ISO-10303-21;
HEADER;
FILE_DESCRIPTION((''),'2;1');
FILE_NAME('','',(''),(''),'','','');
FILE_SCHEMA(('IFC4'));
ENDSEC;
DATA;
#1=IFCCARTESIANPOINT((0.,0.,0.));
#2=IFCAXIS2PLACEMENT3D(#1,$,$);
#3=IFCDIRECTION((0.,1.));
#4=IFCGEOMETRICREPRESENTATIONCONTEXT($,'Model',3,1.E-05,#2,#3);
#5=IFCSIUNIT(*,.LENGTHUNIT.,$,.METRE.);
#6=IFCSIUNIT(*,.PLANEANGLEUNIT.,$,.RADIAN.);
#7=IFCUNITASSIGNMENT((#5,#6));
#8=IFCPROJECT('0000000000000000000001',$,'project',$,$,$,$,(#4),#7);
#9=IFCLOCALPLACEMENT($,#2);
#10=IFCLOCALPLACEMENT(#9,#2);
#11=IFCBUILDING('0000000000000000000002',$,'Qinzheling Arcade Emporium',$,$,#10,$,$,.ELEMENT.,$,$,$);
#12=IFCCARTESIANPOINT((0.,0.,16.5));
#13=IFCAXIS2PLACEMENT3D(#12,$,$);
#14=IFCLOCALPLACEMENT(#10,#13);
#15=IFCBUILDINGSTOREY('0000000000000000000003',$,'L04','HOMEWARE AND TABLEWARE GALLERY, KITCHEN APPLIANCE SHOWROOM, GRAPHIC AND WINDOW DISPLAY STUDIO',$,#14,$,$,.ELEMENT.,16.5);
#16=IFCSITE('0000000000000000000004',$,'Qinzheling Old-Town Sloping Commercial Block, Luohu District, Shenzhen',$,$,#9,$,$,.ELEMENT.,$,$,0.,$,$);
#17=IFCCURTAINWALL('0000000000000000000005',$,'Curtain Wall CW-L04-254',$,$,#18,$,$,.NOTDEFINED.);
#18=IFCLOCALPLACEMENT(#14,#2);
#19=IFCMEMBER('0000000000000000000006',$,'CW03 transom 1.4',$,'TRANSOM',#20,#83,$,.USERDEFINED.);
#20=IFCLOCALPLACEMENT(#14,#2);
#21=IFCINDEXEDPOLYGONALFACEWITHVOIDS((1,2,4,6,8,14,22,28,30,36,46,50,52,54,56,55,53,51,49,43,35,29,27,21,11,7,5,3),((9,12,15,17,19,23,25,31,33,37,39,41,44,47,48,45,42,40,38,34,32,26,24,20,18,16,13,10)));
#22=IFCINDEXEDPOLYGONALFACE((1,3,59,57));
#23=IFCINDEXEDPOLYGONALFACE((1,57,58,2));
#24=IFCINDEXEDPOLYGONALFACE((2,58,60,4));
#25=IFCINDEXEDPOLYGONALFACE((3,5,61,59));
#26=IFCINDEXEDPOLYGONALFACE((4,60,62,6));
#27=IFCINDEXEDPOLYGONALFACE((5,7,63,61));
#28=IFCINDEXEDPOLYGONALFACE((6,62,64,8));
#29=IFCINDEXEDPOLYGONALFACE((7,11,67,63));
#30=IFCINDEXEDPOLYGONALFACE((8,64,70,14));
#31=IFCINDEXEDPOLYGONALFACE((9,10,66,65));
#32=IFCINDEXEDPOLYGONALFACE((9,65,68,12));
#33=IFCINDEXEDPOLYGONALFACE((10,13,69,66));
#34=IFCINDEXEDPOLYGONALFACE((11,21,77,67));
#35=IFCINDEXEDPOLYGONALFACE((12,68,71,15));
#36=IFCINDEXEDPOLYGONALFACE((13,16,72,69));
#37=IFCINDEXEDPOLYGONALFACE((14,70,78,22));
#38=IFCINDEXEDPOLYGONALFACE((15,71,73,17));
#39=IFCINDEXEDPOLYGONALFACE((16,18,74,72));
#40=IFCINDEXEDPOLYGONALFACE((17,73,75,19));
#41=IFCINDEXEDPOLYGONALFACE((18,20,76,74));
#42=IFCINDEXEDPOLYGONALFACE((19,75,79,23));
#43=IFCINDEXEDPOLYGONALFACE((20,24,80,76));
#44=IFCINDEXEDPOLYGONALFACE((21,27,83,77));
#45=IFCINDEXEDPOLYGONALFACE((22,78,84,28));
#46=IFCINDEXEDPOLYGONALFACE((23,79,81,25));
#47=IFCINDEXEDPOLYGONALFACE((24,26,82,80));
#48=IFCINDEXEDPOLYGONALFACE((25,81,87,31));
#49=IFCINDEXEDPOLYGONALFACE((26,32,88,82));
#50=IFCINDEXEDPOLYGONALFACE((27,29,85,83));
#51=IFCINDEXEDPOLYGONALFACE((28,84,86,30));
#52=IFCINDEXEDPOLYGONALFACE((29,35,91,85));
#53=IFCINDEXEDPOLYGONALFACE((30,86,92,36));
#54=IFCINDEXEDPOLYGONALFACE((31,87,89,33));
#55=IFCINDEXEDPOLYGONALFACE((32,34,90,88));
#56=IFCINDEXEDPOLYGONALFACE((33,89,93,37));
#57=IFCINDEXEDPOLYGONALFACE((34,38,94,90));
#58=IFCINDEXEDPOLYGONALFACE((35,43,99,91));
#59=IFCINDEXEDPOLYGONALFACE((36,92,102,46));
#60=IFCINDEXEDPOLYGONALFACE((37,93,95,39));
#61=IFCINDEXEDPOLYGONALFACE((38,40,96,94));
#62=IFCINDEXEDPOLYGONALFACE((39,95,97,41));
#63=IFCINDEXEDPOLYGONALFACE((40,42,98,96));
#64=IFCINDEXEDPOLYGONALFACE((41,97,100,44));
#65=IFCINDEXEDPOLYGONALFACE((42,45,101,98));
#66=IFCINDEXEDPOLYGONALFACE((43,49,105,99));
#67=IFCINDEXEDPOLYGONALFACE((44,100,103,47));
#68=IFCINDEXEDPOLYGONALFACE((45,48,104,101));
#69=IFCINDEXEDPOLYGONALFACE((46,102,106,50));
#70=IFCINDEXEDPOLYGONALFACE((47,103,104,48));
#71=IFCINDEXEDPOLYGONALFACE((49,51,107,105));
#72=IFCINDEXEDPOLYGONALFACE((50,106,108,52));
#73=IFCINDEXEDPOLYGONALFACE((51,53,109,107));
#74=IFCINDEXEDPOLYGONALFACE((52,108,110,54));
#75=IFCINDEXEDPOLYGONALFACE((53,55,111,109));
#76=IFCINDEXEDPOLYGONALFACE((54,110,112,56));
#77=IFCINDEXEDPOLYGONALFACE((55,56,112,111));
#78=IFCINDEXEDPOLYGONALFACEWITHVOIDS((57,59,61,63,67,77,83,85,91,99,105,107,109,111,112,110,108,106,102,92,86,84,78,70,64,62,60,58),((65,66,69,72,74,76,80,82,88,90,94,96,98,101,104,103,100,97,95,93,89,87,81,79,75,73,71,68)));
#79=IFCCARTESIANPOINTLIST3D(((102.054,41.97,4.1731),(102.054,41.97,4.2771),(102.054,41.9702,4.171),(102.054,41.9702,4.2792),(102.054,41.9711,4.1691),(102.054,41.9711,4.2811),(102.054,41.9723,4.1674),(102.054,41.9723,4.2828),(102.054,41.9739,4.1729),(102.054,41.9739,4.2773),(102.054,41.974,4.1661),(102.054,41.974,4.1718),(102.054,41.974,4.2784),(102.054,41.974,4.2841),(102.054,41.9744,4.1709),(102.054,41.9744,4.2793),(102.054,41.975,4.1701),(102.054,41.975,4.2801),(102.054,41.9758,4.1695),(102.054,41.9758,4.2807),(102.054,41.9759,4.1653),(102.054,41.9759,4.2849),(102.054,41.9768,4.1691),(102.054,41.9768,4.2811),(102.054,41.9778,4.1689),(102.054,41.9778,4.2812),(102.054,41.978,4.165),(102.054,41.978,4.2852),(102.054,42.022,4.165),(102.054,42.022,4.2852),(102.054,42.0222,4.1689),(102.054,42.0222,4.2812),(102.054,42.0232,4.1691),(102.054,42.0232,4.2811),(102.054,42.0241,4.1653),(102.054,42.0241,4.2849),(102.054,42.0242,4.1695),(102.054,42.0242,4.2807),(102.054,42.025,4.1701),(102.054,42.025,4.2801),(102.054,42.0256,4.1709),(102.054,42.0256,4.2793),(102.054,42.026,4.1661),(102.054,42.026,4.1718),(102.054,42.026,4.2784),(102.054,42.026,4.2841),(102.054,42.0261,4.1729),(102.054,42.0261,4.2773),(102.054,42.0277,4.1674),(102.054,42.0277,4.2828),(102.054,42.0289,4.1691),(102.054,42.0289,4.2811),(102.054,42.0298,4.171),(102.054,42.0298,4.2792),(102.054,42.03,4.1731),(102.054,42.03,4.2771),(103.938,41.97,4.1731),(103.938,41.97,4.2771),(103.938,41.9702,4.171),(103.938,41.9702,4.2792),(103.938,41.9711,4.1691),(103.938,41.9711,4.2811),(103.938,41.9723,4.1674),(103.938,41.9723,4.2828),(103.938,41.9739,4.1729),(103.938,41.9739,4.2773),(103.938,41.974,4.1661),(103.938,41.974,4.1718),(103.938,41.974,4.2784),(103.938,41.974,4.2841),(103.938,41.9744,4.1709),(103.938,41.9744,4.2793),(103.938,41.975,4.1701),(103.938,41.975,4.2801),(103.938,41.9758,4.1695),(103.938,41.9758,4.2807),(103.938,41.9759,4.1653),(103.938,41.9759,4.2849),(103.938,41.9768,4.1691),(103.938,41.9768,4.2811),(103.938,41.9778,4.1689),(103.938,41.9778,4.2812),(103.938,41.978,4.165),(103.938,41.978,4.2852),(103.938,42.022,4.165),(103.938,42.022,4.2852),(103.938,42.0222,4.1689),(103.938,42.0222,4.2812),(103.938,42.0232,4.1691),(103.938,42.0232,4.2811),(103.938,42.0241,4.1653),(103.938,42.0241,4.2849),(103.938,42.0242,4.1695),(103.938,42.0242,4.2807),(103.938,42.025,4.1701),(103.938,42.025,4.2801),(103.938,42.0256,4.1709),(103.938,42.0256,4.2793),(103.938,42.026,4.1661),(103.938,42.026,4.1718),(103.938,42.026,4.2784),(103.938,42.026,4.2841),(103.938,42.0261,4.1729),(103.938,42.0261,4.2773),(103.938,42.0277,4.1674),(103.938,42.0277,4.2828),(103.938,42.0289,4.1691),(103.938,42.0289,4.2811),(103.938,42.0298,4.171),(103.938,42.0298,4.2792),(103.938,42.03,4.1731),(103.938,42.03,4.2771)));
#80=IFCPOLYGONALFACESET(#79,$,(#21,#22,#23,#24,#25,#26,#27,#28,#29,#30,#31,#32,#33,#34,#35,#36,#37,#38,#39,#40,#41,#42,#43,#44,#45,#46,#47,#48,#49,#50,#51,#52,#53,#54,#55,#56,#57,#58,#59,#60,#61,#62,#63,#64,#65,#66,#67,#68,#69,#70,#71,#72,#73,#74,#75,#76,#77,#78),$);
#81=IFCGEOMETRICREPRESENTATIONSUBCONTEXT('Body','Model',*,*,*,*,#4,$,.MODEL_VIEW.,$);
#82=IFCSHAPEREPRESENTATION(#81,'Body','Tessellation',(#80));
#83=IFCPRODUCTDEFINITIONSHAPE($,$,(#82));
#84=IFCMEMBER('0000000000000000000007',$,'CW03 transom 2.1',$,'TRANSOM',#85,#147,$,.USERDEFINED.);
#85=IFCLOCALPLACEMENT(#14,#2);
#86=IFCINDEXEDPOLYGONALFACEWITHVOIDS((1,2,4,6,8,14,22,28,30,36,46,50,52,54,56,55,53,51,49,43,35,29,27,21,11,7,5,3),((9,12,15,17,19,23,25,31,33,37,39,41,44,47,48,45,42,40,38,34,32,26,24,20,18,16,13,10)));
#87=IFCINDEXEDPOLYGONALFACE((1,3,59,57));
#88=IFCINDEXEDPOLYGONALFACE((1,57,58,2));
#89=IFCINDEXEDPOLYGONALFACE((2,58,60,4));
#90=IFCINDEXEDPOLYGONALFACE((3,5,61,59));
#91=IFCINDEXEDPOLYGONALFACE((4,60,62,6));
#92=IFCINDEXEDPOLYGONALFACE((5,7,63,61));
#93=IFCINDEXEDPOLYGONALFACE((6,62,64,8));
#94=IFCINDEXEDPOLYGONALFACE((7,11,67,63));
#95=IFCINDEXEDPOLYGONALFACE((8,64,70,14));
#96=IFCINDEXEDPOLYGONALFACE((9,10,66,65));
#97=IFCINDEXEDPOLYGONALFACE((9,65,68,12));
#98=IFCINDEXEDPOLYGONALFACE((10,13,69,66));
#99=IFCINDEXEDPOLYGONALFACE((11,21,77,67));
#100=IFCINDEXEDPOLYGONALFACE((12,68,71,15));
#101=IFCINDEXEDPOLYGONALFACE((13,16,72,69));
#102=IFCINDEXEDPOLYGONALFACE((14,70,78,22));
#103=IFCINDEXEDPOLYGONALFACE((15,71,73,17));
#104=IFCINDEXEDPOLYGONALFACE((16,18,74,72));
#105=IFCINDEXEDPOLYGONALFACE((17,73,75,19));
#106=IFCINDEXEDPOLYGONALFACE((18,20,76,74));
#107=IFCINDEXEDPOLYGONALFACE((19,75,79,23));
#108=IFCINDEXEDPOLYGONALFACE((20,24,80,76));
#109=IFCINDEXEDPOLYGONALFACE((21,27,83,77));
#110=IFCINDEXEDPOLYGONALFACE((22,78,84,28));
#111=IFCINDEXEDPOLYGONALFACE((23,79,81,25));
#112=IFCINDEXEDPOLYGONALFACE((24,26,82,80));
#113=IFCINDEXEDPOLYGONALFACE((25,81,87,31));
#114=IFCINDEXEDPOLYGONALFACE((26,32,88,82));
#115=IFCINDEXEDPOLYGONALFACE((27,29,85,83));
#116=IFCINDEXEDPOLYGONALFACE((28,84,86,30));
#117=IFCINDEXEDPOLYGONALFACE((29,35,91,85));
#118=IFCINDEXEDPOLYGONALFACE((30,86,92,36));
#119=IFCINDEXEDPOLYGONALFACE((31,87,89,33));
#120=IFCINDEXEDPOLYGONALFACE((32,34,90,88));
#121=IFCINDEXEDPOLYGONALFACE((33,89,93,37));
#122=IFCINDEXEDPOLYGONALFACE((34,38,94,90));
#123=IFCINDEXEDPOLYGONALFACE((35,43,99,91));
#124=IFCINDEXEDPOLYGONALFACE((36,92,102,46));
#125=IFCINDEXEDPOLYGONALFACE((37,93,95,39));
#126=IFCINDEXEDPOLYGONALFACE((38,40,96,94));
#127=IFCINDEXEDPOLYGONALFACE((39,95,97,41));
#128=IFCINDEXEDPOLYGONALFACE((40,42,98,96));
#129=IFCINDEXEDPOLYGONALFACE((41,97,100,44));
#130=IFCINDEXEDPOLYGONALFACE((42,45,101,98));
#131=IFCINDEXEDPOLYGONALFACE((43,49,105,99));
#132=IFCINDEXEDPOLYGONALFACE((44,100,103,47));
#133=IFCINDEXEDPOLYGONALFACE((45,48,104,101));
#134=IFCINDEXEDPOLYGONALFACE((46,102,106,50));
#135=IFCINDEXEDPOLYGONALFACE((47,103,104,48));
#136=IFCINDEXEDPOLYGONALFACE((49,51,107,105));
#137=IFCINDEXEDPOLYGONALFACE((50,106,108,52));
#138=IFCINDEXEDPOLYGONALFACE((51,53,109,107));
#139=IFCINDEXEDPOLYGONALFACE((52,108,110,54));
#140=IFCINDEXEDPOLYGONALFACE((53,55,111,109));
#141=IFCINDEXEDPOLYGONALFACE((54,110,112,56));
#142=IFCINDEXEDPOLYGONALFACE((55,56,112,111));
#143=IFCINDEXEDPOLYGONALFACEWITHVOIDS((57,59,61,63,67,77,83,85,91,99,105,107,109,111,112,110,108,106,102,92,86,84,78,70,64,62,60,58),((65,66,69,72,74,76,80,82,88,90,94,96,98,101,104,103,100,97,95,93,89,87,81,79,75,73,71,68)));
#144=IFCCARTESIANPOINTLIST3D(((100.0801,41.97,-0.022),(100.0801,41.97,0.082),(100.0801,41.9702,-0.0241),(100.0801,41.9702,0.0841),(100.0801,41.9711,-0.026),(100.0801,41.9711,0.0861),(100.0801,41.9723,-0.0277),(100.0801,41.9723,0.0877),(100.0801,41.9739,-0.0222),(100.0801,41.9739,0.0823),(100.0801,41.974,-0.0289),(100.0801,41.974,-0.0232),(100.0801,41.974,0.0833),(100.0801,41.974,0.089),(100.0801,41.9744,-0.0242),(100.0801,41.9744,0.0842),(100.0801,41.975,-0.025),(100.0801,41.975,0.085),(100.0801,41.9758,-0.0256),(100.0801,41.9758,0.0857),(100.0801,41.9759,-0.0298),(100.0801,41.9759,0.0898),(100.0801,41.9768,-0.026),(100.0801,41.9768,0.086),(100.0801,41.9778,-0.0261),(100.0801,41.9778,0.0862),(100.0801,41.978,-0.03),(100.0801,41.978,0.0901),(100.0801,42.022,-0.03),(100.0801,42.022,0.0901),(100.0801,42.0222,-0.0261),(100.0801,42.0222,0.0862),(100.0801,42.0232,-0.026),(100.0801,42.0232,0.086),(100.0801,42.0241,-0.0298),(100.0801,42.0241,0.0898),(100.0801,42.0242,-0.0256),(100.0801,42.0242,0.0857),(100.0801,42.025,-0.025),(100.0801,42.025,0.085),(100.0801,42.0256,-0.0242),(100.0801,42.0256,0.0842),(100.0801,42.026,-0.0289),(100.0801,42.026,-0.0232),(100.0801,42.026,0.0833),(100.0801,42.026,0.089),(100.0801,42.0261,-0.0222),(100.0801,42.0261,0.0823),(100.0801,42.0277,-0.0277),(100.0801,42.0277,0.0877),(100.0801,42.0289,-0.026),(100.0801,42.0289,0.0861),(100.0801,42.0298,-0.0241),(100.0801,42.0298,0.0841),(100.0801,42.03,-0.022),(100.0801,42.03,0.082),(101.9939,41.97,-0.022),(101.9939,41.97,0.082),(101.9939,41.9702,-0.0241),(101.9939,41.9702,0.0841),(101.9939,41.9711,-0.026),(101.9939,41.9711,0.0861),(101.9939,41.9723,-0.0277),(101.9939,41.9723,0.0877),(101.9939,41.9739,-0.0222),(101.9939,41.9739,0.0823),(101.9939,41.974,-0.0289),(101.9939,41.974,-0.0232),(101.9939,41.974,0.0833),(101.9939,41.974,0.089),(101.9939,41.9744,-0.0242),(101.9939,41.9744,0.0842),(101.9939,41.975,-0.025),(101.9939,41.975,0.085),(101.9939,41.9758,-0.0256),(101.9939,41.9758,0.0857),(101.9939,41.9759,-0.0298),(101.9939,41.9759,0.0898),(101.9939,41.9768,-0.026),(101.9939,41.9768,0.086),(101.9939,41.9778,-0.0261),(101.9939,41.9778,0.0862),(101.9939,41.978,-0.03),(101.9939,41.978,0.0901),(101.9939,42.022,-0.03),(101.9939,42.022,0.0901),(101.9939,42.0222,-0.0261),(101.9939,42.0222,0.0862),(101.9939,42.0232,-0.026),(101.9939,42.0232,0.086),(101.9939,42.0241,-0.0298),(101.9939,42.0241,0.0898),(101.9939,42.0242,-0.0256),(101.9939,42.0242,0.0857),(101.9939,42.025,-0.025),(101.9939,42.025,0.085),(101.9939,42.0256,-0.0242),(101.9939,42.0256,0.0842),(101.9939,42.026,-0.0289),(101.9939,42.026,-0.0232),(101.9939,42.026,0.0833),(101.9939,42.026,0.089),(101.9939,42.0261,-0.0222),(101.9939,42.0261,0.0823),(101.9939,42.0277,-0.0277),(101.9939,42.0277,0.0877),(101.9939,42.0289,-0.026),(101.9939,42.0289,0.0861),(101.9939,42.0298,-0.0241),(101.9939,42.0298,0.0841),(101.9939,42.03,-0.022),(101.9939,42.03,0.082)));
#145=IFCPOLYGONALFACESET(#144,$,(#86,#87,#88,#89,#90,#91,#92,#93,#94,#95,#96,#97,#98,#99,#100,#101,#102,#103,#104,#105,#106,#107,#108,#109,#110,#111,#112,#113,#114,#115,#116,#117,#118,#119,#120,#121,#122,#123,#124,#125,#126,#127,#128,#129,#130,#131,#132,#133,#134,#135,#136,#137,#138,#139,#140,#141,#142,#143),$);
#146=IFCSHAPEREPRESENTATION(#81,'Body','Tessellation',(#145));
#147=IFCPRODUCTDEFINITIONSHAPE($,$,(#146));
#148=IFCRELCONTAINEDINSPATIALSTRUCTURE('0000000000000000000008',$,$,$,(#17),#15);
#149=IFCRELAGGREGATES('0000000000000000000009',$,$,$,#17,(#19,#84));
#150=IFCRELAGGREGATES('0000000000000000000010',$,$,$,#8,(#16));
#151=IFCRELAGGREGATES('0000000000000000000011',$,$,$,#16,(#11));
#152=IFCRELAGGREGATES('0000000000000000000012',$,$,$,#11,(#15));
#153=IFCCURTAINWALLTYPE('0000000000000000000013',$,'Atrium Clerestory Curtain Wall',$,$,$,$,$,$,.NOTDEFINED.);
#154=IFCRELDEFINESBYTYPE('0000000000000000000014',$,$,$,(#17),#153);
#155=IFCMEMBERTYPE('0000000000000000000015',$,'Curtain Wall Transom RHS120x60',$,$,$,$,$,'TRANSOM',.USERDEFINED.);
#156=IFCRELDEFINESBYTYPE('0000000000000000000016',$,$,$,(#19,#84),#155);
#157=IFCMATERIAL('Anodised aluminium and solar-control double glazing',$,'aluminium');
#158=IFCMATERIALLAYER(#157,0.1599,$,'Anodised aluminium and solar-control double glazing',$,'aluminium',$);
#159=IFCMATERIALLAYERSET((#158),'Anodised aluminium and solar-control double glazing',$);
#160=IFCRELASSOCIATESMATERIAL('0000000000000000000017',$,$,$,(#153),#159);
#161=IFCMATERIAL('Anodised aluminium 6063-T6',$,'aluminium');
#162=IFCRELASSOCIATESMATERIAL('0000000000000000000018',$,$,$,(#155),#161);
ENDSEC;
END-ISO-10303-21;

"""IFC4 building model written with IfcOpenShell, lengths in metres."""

from ifc_helpers import new_model, si_unit, direction, frame, origin, origin_2d, place, context, subcontext, project, spatial, hollow_rectangle, extrude, material, layer, layer_set, material_profile, profile_set, type_object, element, aggregate, save


model = new_model("IFC4")

# Units and contexts
model_context = context("Model", 3, precision=1e-05, world=origin(), true_north=direction((0.0, 1.0)))
body_context = subcontext(model_context, "Body", "Model", "MODEL_VIEW")
ifc_project = project(units=[si_unit("LENGTHUNIT", "METRE"), si_unit("PLANEANGLEUNIT", "RADIAN")], contexts=[model_context])

# Site, building, storey
site_placement = place(None, origin())
site = spatial("IfcSite", under=ifc_project, at=site_placement, Name="Qinzheling Old-Town Sloping Commercial Block, Luohu District, Shenzhen", CompositionType="ELEMENT", RefElevation=0.0)
building_placement = place(site_placement, origin())
building = spatial("IfcBuilding", under=site, at=building_placement, Name="Qinzheling Arcade Emporium", CompositionType="ELEMENT")
storey_placement = place(building_placement, frame((0.0, 0.0, 16.5)))
storey = spatial("IfcBuildingStorey", under=building, at=storey_placement, Name="L04", Description="HOMEWARE AND TABLEWARE GALLERY, KITCHEN APPLIANCE SHOWROOM, GRAPHIC AND WINDOW DISPLAY STUDIO", CompositionType="ELEMENT", Elevation=16.5)

# Curtain wall
ifc_material_1 = material(Name="Anodised aluminium and solar-control double glazing", Category="aluminium")
ifc_layer_1 = layer(ifc_material_1, 0.1599, Name="Anodised aluminium and solar-control double glazing", Category="aluminium")
ifc_layer_set_1 = layer_set([ifc_layer_1], Name="Anodised aluminium and solar-control double glazing")
curtain_wall_type = type_object("IfcCurtainWallType", Name="Atrium Clerestory Curtain Wall", PredefinedType="NOTDEFINED", material=ifc_layer_set_1)
ifc_material_2 = material(Name="Anodised aluminium 6063-T6", Category="aluminium")
curtain_wall_1_placement = place(storey_placement, origin())
curtain_wall_1 = element("IfcCurtainWall", 1, at=curtain_wall_1_placement, inside=storey, type_object=curtain_wall_type, Name="Curtain Wall CW-L04-254", PredefinedType="NOTDEFINED")

# Members
ifc_material_profile_1 = material_profile(ifc_material_2, hollow_rectangle(XDim=0.0601, YDim=0.1201, WallThickness=0.0039, InnerFilletRadius=0.0039, OuterFilletRadius=0.0081, at=origin_2d()), Name="RHS 120x60x4", Category="aluminium")
ifc_profile_set_1 = profile_set([ifc_material_profile_1], Name="Anodised aluminium 6063-T6")
member_type_1 = type_object("IfcMemberType", Name="Curtain Wall Transom RHS120x60", ElementType="TRANSOM", PredefinedType="USERDEFINED", material=ifc_profile_set_1)
member_1_placement = place(storey_placement, frame((103.938, 42.0, 4.2251), z_axis=(-1.0, 0.0, 0.0), x_axis=(0.0, -1.0, 0.0)))
member_1 = element("IfcMember", 2, at=member_1_placement, type_object=member_type_1, Name="CW03 transom 1.4", ObjectType="TRANSOM", PredefinedType="USERDEFINED", context=body_context, shape_type="SweptSolid", body=[
    extrude(hollow_rectangle(XDim=0.0601, YDim=0.1201, WallThickness=0.0039, InnerFilletRadius=0.0039, OuterFilletRadius=0.0081, at=origin_2d()), origin(), (0.0, 0.0, 1.0), 1.884),
])
member_2_placement = place(storey_placement, frame((101.9939, 42.0, 0.03), z_axis=(-1.0, 0.0, 0.0), x_axis=(0.0, -1.0, 0.0)))
member_2 = element("IfcMember", 3, at=member_2_placement, type_object=member_type_1, Name="CW03 transom 2.1", ObjectType="TRANSOM", PredefinedType="USERDEFINED", context=body_context, shape_type="SweptSolid", body=[
    extrude(hollow_rectangle(XDim=0.0601, YDim=0.1201, WallThickness=0.0039, InnerFilletRadius=0.0039, OuterFilletRadius=0.0081, at=origin_2d()), origin(), (0.0, 0.0, 1.0), 1.9138),
])

aggregate(curtain_wall_1, [member_1, member_2])

save(model, "model.ifc")
